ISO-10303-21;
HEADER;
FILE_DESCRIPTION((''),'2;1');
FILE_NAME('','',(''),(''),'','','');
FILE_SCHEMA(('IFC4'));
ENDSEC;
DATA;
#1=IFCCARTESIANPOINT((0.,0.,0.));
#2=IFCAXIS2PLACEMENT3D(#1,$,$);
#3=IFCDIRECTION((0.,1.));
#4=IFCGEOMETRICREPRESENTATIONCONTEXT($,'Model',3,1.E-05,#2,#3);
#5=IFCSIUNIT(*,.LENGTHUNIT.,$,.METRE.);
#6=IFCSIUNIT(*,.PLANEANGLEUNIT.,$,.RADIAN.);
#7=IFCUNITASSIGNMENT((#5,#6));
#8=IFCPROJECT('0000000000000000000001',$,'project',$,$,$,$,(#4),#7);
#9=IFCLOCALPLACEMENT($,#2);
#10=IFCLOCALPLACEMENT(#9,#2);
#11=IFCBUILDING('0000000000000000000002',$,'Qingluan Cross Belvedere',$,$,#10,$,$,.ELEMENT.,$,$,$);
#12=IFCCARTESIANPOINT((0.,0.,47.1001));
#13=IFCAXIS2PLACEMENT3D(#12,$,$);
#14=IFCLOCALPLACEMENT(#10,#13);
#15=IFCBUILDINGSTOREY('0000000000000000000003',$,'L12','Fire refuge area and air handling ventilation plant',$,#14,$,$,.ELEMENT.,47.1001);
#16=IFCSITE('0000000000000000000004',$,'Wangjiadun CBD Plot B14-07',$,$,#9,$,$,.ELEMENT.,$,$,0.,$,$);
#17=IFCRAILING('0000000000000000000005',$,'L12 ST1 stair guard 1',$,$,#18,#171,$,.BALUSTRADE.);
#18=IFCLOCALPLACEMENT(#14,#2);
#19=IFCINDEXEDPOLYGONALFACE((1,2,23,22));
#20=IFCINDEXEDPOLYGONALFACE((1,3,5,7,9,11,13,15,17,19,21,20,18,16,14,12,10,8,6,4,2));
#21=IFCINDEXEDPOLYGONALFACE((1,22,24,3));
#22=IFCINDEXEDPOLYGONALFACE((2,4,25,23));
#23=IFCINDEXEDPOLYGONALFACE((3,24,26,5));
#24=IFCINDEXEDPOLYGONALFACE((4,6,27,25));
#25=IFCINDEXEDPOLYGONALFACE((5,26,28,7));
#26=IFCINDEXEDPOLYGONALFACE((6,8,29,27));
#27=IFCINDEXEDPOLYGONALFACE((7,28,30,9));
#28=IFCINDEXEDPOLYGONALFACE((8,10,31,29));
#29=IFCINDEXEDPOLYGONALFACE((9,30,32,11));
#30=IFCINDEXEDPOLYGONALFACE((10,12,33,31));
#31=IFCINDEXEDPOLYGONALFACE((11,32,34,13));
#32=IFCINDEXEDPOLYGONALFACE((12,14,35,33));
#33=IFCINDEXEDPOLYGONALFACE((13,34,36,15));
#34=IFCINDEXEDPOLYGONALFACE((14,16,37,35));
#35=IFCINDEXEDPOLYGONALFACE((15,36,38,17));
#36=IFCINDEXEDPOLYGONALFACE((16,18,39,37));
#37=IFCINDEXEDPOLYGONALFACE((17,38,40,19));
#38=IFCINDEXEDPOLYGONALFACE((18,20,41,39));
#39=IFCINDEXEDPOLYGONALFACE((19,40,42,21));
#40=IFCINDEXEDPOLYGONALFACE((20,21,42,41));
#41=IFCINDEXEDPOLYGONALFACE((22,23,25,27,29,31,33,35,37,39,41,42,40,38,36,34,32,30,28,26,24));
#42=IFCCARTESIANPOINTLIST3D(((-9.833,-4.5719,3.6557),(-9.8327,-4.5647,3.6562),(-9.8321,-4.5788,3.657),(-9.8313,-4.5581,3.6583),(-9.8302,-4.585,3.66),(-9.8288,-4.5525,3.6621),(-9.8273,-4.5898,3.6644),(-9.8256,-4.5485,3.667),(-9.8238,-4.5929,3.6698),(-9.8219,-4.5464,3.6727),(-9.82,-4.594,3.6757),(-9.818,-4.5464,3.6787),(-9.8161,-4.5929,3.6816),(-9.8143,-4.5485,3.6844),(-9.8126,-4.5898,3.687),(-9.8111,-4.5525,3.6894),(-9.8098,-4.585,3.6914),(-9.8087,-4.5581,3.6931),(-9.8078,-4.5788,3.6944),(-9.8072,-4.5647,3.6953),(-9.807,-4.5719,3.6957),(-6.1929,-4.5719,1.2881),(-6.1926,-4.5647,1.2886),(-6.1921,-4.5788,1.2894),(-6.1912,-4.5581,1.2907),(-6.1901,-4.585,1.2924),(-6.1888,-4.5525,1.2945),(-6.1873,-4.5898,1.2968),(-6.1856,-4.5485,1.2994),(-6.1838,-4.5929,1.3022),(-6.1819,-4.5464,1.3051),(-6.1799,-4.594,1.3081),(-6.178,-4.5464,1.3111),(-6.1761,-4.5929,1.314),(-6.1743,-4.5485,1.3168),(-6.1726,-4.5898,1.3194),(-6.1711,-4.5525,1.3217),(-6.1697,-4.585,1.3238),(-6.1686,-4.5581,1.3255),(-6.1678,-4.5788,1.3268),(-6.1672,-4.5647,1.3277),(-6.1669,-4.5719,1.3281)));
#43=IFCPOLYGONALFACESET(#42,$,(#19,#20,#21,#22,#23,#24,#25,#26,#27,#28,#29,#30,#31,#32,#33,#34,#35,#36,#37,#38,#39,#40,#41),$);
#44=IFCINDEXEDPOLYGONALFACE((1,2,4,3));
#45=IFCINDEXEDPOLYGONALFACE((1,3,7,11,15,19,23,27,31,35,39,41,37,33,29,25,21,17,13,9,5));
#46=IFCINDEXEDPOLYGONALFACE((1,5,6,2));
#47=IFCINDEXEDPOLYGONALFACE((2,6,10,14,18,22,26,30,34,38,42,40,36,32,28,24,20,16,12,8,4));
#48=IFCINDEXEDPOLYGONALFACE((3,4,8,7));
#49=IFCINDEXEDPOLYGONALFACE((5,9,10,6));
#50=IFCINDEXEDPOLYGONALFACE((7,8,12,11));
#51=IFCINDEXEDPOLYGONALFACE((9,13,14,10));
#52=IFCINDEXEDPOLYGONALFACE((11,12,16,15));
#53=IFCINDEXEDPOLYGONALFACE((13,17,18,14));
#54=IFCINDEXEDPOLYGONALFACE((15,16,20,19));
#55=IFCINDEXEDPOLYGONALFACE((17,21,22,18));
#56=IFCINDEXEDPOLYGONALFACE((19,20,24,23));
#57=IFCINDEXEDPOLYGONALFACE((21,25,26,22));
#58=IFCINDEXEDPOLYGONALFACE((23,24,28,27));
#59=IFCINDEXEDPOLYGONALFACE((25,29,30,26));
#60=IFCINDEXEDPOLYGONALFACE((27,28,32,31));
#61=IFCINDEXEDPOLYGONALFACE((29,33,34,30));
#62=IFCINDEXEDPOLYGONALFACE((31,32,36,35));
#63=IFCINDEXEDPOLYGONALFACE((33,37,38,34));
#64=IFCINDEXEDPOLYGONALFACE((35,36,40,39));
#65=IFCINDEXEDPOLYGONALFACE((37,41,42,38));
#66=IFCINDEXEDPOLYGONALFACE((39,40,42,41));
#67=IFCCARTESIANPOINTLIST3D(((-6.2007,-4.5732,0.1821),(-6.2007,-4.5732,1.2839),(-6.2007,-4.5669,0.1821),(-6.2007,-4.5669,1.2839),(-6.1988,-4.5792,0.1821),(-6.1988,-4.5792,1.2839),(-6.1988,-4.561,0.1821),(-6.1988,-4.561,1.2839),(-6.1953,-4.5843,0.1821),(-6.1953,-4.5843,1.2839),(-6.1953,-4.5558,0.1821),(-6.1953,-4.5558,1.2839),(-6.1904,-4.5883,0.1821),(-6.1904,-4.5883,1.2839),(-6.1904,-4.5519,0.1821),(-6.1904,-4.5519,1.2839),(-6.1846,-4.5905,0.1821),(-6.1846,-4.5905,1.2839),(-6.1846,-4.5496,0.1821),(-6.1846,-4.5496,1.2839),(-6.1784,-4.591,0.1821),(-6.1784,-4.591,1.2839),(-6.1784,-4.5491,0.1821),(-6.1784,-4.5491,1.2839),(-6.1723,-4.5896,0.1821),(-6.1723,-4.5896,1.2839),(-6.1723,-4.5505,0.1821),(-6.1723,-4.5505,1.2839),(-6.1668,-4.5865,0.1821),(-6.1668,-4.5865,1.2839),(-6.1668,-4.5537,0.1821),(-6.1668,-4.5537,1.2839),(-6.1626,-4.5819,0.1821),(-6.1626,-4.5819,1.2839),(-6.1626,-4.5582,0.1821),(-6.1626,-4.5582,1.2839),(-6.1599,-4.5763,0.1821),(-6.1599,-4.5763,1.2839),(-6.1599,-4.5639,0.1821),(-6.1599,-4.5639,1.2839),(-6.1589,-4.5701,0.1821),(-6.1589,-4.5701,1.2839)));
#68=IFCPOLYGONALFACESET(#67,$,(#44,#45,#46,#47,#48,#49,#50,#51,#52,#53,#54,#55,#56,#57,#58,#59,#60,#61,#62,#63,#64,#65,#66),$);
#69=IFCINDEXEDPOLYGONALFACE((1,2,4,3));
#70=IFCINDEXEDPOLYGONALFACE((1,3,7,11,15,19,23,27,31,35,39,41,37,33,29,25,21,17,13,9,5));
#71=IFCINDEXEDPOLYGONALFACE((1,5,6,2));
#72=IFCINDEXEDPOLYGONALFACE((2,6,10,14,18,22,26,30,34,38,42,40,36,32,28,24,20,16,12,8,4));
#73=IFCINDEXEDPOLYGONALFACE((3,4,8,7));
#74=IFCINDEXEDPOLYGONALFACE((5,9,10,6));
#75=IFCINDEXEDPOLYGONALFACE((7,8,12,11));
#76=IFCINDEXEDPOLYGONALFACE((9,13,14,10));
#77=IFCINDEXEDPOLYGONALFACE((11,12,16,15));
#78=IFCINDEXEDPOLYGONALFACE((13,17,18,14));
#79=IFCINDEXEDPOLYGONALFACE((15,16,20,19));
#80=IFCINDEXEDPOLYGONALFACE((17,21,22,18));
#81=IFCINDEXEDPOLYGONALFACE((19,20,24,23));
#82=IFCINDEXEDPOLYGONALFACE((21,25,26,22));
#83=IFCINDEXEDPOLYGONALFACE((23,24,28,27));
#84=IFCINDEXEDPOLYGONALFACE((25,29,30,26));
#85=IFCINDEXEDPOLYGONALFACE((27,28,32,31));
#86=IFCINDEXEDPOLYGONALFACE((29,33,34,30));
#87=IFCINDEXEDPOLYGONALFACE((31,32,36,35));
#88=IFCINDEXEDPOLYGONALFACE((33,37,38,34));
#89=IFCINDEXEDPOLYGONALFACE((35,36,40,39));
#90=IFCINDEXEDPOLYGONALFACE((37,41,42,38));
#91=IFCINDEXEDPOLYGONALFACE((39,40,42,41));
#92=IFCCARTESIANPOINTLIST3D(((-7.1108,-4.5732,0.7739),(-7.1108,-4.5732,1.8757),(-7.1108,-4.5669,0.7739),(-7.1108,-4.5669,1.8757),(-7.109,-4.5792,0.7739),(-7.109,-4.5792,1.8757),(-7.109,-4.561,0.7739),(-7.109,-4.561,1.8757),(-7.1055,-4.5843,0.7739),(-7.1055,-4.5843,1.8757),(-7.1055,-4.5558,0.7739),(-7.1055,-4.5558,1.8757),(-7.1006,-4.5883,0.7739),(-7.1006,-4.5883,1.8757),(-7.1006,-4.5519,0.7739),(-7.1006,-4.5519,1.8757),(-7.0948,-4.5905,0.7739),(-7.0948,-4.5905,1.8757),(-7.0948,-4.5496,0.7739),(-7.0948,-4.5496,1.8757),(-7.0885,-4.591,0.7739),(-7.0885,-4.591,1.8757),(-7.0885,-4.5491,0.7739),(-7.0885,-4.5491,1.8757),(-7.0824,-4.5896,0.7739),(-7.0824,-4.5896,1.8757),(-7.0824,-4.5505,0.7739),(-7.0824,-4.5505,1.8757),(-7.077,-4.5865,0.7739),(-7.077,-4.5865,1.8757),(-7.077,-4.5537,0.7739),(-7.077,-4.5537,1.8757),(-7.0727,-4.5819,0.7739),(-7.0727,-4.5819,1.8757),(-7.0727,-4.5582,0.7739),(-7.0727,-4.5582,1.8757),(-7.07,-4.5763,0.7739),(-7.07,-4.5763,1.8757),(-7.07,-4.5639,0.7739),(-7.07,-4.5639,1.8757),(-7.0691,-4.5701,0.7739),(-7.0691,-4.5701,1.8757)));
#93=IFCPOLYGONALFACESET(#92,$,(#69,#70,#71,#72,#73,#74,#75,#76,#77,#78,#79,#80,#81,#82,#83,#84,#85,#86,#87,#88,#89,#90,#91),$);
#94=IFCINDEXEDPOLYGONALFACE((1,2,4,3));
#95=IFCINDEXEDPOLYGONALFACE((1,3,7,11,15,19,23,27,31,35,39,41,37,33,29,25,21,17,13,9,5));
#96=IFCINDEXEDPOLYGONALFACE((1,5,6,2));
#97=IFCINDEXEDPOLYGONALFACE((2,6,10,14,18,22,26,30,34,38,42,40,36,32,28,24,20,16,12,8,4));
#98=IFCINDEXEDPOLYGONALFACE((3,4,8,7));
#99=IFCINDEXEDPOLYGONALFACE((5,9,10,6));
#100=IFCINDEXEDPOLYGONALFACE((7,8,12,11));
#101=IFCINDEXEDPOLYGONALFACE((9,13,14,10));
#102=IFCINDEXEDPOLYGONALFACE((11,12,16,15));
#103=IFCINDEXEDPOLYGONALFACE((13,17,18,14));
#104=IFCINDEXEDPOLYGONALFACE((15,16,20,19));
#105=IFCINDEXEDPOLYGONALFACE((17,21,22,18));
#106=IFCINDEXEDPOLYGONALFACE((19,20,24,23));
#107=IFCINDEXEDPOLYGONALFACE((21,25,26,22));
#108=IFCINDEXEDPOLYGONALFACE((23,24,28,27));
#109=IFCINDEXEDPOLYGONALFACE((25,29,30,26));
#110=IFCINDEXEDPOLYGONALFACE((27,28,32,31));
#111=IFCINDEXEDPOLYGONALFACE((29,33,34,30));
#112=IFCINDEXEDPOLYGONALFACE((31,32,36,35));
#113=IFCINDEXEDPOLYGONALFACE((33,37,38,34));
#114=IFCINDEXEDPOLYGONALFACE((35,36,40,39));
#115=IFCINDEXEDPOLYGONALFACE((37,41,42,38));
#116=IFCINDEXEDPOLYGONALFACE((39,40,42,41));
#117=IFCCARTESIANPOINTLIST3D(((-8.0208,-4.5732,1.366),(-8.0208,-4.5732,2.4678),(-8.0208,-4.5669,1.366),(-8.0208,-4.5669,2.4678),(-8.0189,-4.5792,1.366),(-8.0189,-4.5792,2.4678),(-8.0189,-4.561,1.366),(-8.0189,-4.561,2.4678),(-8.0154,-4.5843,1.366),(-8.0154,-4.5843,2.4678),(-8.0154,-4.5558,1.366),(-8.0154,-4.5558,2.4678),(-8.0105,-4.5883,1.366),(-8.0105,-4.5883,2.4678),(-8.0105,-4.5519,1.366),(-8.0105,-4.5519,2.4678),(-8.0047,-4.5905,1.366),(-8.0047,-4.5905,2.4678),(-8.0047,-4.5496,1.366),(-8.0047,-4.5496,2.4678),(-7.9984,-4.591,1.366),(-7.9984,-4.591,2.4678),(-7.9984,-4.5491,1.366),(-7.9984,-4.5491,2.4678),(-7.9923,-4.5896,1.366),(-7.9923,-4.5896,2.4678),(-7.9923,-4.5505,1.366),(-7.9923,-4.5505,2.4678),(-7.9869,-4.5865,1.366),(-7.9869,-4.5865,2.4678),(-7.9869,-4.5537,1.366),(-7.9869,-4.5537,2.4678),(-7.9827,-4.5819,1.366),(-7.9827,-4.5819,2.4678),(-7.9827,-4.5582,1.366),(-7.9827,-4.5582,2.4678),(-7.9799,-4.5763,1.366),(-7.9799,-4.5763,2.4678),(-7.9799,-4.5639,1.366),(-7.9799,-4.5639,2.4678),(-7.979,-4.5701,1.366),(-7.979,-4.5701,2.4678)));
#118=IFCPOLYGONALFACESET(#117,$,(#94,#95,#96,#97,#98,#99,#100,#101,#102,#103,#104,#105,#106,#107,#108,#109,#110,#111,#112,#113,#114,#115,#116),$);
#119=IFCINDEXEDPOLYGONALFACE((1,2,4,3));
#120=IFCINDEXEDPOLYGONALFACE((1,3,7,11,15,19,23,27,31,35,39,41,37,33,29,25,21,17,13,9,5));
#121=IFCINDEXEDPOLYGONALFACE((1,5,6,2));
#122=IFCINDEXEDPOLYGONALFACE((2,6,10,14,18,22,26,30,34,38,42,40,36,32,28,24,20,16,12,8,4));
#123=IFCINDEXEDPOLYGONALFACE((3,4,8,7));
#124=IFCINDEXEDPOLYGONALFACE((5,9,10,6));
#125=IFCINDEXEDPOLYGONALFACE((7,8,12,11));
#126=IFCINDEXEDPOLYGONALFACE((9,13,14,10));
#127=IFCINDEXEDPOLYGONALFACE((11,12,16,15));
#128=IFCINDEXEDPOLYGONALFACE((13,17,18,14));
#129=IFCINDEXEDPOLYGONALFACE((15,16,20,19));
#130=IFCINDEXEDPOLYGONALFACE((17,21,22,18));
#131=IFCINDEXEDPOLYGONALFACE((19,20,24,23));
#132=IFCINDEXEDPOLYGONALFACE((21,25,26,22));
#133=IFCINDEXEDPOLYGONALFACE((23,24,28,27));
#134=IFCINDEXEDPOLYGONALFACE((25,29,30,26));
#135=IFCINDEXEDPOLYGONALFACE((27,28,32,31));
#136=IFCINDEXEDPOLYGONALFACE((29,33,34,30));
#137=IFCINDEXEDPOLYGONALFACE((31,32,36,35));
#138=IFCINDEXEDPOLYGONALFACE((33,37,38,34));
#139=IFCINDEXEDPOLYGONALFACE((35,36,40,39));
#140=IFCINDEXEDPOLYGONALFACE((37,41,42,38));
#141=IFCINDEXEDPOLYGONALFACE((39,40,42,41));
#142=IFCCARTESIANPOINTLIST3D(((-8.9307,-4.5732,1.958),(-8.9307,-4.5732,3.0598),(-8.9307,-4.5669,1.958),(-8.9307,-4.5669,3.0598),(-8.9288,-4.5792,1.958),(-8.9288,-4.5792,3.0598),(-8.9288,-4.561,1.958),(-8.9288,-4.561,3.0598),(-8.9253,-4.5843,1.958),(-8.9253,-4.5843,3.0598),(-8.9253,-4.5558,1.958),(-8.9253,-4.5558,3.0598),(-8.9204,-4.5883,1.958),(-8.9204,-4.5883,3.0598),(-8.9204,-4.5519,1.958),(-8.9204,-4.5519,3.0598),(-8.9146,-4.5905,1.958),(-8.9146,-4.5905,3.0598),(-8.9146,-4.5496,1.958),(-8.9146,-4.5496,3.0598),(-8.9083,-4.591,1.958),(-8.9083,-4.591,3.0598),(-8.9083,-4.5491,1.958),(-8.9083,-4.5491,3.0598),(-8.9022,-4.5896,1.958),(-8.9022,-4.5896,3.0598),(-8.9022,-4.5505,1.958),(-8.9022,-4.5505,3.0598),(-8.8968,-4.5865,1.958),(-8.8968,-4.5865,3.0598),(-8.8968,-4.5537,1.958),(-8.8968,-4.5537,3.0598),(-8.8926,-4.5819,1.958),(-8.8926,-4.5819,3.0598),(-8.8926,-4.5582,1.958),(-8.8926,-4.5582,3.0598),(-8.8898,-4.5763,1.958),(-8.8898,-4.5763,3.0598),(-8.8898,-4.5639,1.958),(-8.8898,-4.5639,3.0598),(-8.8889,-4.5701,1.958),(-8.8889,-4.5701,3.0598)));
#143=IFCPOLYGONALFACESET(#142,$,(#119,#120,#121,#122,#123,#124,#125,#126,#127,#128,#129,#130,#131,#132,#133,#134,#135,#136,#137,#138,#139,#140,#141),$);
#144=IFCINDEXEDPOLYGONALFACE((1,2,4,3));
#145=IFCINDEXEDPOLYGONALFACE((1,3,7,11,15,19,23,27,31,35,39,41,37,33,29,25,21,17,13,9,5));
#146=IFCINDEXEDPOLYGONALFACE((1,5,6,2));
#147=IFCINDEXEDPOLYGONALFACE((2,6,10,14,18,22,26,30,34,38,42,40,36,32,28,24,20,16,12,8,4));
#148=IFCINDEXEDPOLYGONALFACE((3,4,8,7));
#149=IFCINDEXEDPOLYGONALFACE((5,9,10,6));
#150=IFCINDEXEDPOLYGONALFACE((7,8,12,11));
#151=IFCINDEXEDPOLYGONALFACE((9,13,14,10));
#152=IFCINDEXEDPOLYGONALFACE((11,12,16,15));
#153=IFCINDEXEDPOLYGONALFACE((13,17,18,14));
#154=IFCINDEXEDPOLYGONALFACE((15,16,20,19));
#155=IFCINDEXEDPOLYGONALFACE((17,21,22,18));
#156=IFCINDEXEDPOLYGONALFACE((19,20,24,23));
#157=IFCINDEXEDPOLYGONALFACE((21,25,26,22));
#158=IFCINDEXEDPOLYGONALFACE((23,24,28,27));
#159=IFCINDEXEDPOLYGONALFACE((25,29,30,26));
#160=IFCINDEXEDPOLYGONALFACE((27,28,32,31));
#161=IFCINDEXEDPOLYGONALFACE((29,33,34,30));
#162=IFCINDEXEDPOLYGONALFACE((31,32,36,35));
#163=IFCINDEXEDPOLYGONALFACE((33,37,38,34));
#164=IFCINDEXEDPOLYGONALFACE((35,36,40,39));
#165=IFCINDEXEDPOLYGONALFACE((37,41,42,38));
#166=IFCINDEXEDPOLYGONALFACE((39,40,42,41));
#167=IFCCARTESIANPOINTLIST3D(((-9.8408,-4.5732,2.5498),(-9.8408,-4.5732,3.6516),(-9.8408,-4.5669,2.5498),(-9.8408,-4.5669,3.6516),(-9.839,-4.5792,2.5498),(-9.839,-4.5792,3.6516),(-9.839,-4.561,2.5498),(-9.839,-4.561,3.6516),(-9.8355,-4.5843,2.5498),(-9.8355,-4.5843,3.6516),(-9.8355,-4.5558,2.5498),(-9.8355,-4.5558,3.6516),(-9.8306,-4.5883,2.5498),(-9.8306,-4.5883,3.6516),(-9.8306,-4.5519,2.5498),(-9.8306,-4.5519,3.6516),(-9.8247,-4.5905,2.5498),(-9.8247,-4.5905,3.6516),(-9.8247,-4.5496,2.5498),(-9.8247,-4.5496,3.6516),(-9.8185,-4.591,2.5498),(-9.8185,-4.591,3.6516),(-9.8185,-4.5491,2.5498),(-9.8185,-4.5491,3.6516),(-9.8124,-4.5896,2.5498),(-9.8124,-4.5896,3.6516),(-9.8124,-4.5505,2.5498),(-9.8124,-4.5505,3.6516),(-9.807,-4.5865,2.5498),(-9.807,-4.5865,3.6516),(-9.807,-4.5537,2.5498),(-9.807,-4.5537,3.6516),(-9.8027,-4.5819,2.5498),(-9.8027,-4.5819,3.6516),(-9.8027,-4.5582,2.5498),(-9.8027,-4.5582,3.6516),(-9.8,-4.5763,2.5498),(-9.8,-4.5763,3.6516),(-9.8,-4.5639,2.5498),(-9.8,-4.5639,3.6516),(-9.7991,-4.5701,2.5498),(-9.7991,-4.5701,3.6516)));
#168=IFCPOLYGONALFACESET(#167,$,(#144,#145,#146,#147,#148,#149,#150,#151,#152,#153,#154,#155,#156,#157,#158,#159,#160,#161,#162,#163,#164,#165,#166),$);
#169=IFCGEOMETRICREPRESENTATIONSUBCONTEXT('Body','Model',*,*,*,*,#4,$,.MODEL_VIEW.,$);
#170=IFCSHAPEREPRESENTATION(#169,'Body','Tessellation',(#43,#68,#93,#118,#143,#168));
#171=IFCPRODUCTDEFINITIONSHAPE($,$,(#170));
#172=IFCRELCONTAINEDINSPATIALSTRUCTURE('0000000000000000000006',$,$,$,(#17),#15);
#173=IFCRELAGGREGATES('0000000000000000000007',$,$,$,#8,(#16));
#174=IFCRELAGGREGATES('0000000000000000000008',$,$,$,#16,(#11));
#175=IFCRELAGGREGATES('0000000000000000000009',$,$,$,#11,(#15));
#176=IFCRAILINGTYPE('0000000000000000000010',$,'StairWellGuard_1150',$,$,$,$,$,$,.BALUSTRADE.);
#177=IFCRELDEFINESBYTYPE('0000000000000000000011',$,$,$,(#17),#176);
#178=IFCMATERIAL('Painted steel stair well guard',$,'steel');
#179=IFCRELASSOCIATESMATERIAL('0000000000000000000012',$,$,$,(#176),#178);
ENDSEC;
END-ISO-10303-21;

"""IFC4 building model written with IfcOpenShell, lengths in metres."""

from ifc_helpers import new_model, si_unit, direction, frame, origin, origin_2d, place, context, subcontext, project, spatial, circle, extrude, material, type_object, element, save


model = new_model("IFC4")

# Units and contexts
model_context = context("Model", 3, precision=1e-05, world=origin(), true_north=direction((0.0, 1.0)))
body_context = subcontext(model_context, "Body", "Model", "MODEL_VIEW")
ifc_project = project(units=[si_unit("LENGTHUNIT", "METRE"), si_unit("PLANEANGLEUNIT", "RADIAN")], contexts=[model_context])

# Site, building, storey
site_placement = place(None, origin())
site = spatial("IfcSite", under=ifc_project, at=site_placement, Name="Wangjiadun CBD Plot B14-07", CompositionType="ELEMENT", RefElevation=0.0)
building_placement = place(site_placement, origin())
building = spatial("IfcBuilding", under=site, at=building_placement, Name="Qingluan Cross Belvedere", CompositionType="ELEMENT")
storey_placement = place(building_placement, frame((0.0, 0.0, 47.1001)))
storey = spatial("IfcBuildingStorey", under=building, at=storey_placement, Name="L12", Description="Fire refuge area and air handling ventilation plant", CompositionType="ELEMENT", Elevation=47.1001)

# Railing
ifc_material_1 = material(Name="Painted steel stair well guard", Category="steel")
railing_type_1 = type_object("IfcRailingType", Name="StairWellGuard_1150", PredefinedType="BALUSTRADE", material=ifc_material_1)
railing_1_placement = place(storey_placement, frame((-6.1799, -4.5701, 0.1821)))
element("IfcRailing", 1, at=railing_1_placement, inside=storey, type_object=railing_type_1, Name="L12 ST1 stair guard 1", PredefinedType="BALUSTRADE", context=body_context, shape_type="SweptSolid", body=[
    extrude(circle(Radius=0.0239, at=origin_2d()), frame((0.0, 0.0, 1.126), z_axis=(-0.838277, 0.0, 0.545245), x_axis=(0.0, -1.0, 0.0)), (0.0, 0.0, 1.0), 4.3423),
    extrude(circle(Radius=0.021, at=origin_2d()), origin(), (0.0, 0.0, 1.0), 1.1018),
    extrude(circle(Radius=0.021, at=origin_2d()), frame((-0.9102, 0.0, 0.5918)), (0.0, 0.0, 1.0), 1.1018),
    extrude(circle(Radius=0.021, at=origin_2d()), frame((-1.8201, 0.0, 1.1838)), (0.0, 0.0, 1.0), 1.1018),
    extrude(circle(Radius=0.021, at=origin_2d()), frame((-2.73, 0.0, 1.7759)), (0.0, 0.0, 1.0), 1.1018),
    extrude(circle(Radius=0.021, at=origin_2d()), frame((-3.6401, 0.0, 2.3677)), (0.0, 0.0, 1.0), 1.1018),
])

save(model, "model.ifc")
